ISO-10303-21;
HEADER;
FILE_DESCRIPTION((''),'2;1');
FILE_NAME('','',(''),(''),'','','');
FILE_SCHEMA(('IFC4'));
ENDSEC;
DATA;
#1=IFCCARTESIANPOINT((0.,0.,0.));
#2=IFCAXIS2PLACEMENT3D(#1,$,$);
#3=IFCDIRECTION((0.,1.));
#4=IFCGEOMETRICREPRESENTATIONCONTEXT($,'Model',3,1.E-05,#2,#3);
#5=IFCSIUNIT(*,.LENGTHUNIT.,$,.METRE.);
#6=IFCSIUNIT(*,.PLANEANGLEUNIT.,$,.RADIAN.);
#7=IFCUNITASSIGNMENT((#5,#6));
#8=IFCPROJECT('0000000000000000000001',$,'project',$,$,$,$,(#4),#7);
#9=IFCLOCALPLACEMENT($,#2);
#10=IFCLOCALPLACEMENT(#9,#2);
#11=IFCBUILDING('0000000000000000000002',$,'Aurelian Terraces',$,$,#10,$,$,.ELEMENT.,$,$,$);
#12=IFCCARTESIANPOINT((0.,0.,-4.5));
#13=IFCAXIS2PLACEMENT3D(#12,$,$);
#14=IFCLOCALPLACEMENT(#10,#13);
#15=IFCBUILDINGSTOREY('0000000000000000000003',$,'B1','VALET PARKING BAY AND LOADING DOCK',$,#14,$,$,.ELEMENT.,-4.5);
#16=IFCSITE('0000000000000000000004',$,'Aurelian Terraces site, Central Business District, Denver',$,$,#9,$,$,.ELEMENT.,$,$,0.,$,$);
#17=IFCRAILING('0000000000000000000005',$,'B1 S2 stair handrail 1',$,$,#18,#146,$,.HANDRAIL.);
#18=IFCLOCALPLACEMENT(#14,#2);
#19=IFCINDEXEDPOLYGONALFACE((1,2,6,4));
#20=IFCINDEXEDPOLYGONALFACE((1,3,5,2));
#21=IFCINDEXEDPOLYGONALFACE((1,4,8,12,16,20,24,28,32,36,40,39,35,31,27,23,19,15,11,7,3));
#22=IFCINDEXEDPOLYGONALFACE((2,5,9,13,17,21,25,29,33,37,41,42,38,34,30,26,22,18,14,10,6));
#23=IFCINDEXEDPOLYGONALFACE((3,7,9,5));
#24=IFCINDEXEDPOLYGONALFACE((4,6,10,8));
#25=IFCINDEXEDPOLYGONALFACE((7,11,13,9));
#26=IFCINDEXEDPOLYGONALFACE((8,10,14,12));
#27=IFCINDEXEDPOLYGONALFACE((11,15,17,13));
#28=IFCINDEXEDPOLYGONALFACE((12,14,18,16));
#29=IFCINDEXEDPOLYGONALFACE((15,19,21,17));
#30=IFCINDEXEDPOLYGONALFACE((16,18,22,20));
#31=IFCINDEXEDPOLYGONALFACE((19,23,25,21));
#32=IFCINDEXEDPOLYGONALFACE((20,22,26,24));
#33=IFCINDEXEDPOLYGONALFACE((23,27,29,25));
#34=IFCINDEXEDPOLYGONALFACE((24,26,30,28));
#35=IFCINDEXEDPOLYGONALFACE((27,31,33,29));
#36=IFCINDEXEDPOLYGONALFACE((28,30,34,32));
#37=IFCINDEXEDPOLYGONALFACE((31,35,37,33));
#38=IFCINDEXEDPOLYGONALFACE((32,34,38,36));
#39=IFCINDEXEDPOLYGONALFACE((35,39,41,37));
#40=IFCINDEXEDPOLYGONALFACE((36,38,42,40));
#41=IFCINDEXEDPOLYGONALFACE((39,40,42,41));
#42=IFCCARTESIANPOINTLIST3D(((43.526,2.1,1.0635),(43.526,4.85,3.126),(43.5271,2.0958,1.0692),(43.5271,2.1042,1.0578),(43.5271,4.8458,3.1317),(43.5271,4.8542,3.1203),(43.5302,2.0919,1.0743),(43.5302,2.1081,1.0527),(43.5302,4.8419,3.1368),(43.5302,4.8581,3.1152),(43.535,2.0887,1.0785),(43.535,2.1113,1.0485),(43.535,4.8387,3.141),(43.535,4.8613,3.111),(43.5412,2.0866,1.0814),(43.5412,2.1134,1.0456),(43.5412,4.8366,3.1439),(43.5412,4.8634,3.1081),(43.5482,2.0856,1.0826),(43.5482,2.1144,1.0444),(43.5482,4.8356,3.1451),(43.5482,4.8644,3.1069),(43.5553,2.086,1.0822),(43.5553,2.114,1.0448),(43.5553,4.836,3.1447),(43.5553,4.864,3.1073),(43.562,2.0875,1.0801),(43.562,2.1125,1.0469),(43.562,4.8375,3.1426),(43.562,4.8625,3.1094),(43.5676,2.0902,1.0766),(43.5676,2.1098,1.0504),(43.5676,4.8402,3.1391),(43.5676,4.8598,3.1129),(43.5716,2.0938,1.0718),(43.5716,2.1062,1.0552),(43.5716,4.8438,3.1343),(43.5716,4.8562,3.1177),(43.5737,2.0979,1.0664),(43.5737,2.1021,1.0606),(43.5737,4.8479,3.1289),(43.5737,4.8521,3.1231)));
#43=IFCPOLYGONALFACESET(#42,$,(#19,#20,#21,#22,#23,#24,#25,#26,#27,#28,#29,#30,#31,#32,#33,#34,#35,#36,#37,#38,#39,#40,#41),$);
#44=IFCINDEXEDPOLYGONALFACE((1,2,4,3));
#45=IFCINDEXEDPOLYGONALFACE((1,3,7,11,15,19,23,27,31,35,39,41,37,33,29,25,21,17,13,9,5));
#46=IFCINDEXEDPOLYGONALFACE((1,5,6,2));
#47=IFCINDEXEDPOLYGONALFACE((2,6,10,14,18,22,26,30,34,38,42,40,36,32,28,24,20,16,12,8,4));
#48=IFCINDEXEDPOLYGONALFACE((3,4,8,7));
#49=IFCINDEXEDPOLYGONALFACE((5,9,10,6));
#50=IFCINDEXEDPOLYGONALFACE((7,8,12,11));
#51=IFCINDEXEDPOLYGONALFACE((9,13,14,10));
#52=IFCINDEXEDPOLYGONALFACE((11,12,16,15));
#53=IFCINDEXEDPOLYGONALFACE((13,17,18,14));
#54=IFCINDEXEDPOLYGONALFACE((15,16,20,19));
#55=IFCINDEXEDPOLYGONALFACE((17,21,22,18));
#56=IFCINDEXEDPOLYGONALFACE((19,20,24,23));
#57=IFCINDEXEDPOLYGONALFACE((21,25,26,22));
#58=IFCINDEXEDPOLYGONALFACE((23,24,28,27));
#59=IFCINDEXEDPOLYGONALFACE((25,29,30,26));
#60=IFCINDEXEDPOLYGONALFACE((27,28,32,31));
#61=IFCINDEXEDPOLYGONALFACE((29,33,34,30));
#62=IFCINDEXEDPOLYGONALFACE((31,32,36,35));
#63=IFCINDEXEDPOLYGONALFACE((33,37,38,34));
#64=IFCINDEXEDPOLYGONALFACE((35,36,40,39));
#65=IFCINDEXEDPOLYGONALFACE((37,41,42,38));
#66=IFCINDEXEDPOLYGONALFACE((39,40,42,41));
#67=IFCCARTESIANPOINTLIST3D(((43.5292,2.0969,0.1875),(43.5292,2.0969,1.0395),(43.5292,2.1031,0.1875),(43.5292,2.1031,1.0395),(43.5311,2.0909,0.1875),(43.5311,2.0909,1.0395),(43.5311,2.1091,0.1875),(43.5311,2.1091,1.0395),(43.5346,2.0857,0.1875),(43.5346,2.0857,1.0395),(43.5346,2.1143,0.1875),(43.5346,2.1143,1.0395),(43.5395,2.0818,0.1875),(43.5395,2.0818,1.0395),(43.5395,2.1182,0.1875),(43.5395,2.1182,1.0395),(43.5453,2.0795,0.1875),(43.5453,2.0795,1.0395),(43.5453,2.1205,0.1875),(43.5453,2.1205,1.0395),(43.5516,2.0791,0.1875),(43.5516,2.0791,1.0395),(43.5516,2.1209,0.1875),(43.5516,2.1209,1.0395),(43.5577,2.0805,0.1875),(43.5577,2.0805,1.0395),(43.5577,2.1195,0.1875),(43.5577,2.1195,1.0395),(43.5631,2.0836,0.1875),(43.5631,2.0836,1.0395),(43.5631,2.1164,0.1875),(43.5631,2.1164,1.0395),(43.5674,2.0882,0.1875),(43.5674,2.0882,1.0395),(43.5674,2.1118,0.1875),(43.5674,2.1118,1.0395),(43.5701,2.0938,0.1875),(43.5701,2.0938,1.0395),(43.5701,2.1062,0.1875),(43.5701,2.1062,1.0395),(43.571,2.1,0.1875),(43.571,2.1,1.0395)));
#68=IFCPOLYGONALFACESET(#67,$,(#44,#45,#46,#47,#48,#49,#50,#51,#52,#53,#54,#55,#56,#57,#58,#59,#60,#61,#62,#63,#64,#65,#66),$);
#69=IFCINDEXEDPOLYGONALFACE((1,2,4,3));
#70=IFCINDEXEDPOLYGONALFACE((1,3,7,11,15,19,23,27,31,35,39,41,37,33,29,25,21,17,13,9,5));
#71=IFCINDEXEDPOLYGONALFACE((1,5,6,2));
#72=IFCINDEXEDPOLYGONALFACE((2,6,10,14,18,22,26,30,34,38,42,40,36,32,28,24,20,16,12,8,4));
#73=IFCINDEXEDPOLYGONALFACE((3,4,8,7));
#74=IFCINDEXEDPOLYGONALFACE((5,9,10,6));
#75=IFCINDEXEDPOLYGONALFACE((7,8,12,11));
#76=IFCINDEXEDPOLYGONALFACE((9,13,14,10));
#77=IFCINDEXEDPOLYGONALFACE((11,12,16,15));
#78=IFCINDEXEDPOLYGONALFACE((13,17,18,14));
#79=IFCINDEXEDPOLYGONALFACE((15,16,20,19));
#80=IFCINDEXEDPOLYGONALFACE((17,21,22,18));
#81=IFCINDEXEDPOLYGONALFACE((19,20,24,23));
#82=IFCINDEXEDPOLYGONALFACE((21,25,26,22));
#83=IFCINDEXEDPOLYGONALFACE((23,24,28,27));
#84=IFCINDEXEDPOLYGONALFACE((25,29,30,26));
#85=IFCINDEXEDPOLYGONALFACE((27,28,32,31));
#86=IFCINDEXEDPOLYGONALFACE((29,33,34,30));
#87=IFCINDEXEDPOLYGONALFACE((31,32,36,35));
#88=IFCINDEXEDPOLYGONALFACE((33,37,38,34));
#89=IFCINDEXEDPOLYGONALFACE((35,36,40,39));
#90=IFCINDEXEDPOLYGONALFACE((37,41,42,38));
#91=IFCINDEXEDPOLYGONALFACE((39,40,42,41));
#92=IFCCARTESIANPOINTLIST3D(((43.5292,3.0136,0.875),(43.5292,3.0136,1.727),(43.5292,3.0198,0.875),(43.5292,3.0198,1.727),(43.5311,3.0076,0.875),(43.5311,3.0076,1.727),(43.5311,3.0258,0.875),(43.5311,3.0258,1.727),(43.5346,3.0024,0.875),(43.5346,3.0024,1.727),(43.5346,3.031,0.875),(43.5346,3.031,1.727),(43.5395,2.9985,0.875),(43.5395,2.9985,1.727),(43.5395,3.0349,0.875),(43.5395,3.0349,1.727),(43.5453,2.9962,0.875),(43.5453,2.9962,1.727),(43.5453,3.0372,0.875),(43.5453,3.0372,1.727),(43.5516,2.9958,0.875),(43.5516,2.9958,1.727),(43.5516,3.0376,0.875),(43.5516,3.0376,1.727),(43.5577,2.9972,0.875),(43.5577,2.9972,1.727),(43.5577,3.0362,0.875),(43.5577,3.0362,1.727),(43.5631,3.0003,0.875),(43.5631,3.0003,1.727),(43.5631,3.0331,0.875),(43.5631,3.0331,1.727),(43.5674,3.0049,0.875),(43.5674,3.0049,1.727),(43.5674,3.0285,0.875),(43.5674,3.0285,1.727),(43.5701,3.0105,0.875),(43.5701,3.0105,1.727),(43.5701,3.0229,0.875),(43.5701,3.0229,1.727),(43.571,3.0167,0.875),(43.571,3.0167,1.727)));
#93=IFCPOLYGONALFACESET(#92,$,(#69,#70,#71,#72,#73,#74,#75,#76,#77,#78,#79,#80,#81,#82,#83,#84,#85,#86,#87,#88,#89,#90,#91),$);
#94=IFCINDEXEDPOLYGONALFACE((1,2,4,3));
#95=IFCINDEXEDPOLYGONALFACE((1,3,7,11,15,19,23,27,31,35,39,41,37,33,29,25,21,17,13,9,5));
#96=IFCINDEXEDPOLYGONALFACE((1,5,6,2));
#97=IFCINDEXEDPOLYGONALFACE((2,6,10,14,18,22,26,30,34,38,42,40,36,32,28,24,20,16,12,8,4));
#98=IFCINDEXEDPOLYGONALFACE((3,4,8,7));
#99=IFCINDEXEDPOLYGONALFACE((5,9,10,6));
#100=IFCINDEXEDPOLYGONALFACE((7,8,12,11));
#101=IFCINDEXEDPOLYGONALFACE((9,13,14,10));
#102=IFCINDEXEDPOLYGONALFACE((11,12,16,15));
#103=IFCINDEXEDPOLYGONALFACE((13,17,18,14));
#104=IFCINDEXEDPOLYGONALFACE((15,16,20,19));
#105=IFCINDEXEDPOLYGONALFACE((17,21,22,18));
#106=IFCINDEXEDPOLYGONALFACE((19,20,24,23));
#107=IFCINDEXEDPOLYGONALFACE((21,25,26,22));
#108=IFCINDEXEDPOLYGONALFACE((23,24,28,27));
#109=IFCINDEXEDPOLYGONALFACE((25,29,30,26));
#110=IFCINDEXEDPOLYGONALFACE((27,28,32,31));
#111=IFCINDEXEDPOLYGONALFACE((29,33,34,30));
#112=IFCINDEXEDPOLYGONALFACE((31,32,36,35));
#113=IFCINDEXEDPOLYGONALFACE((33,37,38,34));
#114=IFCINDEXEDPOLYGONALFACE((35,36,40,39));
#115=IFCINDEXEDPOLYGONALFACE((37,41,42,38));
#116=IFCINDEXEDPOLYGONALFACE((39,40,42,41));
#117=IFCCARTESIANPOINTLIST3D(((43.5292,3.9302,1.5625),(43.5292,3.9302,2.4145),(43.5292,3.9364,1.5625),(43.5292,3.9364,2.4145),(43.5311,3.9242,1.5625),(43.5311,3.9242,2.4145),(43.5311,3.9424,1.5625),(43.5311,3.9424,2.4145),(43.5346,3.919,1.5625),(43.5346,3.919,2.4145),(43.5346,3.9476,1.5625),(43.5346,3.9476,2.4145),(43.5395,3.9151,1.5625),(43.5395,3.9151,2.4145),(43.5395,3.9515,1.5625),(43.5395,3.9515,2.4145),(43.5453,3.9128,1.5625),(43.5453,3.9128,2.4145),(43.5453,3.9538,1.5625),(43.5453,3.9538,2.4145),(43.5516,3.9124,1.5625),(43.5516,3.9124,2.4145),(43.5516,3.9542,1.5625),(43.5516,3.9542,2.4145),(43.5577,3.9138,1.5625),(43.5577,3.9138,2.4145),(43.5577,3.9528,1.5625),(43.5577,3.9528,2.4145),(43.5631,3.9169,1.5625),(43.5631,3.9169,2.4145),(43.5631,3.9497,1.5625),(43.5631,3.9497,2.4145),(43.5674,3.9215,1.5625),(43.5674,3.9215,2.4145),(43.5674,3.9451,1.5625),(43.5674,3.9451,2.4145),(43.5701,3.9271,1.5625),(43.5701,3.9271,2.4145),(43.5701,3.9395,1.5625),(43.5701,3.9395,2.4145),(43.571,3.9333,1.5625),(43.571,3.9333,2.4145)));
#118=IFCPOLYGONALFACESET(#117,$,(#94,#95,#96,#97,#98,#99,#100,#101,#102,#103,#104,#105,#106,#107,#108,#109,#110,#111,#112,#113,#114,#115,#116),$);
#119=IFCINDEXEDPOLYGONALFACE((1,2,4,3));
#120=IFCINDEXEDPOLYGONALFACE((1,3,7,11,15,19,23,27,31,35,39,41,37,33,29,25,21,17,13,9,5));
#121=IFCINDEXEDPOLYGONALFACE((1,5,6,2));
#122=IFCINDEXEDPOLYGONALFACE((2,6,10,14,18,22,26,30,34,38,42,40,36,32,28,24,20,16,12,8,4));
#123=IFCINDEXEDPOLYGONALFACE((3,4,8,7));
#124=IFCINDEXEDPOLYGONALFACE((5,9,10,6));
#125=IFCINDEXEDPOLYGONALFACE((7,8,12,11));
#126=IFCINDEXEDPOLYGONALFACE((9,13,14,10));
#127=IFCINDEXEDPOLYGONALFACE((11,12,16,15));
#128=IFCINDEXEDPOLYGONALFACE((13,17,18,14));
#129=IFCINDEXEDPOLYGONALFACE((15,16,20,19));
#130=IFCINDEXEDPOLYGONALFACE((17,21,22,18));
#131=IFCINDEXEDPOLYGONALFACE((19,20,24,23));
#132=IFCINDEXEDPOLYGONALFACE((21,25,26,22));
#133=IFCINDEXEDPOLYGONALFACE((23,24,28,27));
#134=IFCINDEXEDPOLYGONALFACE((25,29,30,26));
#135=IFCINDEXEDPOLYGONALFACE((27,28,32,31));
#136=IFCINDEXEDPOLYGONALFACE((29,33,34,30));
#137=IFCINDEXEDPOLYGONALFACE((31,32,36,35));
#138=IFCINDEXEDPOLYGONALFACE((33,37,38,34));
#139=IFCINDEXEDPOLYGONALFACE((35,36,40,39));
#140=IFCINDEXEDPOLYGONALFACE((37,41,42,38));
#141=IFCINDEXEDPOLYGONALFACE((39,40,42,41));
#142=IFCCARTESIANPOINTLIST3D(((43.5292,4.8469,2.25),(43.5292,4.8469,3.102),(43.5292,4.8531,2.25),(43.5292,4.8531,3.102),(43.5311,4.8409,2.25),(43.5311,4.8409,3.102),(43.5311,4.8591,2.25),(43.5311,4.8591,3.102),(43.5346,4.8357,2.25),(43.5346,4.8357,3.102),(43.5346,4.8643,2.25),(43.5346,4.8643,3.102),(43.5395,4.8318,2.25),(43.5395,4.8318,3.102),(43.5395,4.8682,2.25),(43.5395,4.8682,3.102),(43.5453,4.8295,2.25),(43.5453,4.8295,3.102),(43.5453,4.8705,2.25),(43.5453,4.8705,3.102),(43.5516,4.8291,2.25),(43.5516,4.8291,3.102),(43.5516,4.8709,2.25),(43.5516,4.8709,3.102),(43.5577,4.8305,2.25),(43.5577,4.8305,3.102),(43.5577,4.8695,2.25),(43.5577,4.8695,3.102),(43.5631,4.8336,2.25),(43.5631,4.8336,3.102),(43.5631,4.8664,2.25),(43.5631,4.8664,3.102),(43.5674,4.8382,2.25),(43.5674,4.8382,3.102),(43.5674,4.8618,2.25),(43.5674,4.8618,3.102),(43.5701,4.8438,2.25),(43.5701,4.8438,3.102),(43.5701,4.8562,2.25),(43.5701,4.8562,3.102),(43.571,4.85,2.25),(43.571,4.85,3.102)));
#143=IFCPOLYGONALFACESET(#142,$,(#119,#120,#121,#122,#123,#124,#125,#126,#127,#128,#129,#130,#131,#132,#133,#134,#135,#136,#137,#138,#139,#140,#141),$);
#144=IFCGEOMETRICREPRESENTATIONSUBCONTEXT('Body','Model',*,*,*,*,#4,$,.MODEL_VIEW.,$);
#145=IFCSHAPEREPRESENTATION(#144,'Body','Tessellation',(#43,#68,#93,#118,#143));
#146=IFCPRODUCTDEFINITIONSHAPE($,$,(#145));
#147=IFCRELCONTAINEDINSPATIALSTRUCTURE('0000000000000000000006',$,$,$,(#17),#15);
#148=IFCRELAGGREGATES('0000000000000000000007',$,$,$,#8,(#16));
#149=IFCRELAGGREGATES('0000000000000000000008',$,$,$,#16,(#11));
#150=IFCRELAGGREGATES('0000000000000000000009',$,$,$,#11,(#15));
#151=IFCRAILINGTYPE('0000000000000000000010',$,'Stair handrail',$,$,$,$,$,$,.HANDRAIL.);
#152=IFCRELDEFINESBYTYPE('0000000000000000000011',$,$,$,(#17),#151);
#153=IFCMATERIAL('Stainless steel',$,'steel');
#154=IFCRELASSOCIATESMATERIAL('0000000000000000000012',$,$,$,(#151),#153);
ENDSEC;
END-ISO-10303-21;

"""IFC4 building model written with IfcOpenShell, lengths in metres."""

from ifc_helpers import new_model, si_unit, direction, frame, origin, origin_2d, place, context, subcontext, project, spatial, circle, extrude, source, transform, mapped, material, type_object, element, save


model = new_model("IFC4")

# Units and contexts
model_context = context("Model", 3, precision=1e-05, world=origin(), true_north=direction((0.0, 1.0)))
body_context = subcontext(model_context, "Body", "Model", "MODEL_VIEW")
ifc_project = project(units=[si_unit("LENGTHUNIT", "METRE"), si_unit("PLANEANGLEUNIT", "RADIAN")], contexts=[model_context])

# Site, building, storey
site_placement = place(None, origin())
site = spatial("IfcSite", under=ifc_project, at=site_placement, Name="Aurelian Terraces site, Central Business District, Denver", CompositionType="ELEMENT", RefElevation=0.0)
building_placement = place(site_placement, origin())
building = spatial("IfcBuilding", under=site, at=building_placement, Name="Aurelian Terraces", CompositionType="ELEMENT")
storey_placement = place(building_placement, frame((0.0, 0.0, -4.5)))
storey = spatial("IfcBuildingStorey", under=building, at=storey_placement, Name="B1", Description="VALET PARKING BAY AND LOADING DOCK", CompositionType="ELEMENT", Elevation=-4.5)

# Railing
ifc_material_1 = material(Name="Stainless steel", Category="steel")
railing_type_1 = type_object("IfcRailingType", Name="Stair handrail", PredefinedType="HANDRAIL", material=ifc_material_1)
shared_shape_1 = source(origin(), body_context, "Body", "SweptSolid", [
    extrude(circle(Radius=0.024, at=origin_2d()), frame((0.0, 0.0, 0.876), z_axis=(0.0, 0.8, 0.6), x_axis=(-1.0, 0.0, 0.0)), (0.0, 0.0, 1.0), 3.4375),
    extrude(circle(Radius=0.021, at=origin_2d()), origin(), (0.0, 0.0, 1.0), 0.852),
    extrude(circle(Radius=0.021, at=origin_2d()), frame((0.0, 0.9167, 0.6875)), (0.0, 0.0, 1.0), 0.852),
    extrude(circle(Radius=0.021, at=origin_2d()), frame((0.0, 1.8333, 1.375)), (0.0, 0.0, 1.0), 0.852),
    extrude(circle(Radius=0.021, at=origin_2d()), frame((0.0, 2.75, 2.0625)), (0.0, 0.0, 1.0), 0.852),
])
railing_1_placement = place(storey_placement, frame((43.55, 2.1, 0.1875)))
element("IfcRailing", 1, at=railing_1_placement, inside=storey, type_object=railing_type_1, Name="B1 S2 stair handrail 1", PredefinedType="HANDRAIL", context=body_context, shape_type="MappedRepresentation", body=[
    mapped(shared_shape_1, transform((0.0, 0.0, 0.0), scale=1.0)),
])

save(model, "model.ifc")
